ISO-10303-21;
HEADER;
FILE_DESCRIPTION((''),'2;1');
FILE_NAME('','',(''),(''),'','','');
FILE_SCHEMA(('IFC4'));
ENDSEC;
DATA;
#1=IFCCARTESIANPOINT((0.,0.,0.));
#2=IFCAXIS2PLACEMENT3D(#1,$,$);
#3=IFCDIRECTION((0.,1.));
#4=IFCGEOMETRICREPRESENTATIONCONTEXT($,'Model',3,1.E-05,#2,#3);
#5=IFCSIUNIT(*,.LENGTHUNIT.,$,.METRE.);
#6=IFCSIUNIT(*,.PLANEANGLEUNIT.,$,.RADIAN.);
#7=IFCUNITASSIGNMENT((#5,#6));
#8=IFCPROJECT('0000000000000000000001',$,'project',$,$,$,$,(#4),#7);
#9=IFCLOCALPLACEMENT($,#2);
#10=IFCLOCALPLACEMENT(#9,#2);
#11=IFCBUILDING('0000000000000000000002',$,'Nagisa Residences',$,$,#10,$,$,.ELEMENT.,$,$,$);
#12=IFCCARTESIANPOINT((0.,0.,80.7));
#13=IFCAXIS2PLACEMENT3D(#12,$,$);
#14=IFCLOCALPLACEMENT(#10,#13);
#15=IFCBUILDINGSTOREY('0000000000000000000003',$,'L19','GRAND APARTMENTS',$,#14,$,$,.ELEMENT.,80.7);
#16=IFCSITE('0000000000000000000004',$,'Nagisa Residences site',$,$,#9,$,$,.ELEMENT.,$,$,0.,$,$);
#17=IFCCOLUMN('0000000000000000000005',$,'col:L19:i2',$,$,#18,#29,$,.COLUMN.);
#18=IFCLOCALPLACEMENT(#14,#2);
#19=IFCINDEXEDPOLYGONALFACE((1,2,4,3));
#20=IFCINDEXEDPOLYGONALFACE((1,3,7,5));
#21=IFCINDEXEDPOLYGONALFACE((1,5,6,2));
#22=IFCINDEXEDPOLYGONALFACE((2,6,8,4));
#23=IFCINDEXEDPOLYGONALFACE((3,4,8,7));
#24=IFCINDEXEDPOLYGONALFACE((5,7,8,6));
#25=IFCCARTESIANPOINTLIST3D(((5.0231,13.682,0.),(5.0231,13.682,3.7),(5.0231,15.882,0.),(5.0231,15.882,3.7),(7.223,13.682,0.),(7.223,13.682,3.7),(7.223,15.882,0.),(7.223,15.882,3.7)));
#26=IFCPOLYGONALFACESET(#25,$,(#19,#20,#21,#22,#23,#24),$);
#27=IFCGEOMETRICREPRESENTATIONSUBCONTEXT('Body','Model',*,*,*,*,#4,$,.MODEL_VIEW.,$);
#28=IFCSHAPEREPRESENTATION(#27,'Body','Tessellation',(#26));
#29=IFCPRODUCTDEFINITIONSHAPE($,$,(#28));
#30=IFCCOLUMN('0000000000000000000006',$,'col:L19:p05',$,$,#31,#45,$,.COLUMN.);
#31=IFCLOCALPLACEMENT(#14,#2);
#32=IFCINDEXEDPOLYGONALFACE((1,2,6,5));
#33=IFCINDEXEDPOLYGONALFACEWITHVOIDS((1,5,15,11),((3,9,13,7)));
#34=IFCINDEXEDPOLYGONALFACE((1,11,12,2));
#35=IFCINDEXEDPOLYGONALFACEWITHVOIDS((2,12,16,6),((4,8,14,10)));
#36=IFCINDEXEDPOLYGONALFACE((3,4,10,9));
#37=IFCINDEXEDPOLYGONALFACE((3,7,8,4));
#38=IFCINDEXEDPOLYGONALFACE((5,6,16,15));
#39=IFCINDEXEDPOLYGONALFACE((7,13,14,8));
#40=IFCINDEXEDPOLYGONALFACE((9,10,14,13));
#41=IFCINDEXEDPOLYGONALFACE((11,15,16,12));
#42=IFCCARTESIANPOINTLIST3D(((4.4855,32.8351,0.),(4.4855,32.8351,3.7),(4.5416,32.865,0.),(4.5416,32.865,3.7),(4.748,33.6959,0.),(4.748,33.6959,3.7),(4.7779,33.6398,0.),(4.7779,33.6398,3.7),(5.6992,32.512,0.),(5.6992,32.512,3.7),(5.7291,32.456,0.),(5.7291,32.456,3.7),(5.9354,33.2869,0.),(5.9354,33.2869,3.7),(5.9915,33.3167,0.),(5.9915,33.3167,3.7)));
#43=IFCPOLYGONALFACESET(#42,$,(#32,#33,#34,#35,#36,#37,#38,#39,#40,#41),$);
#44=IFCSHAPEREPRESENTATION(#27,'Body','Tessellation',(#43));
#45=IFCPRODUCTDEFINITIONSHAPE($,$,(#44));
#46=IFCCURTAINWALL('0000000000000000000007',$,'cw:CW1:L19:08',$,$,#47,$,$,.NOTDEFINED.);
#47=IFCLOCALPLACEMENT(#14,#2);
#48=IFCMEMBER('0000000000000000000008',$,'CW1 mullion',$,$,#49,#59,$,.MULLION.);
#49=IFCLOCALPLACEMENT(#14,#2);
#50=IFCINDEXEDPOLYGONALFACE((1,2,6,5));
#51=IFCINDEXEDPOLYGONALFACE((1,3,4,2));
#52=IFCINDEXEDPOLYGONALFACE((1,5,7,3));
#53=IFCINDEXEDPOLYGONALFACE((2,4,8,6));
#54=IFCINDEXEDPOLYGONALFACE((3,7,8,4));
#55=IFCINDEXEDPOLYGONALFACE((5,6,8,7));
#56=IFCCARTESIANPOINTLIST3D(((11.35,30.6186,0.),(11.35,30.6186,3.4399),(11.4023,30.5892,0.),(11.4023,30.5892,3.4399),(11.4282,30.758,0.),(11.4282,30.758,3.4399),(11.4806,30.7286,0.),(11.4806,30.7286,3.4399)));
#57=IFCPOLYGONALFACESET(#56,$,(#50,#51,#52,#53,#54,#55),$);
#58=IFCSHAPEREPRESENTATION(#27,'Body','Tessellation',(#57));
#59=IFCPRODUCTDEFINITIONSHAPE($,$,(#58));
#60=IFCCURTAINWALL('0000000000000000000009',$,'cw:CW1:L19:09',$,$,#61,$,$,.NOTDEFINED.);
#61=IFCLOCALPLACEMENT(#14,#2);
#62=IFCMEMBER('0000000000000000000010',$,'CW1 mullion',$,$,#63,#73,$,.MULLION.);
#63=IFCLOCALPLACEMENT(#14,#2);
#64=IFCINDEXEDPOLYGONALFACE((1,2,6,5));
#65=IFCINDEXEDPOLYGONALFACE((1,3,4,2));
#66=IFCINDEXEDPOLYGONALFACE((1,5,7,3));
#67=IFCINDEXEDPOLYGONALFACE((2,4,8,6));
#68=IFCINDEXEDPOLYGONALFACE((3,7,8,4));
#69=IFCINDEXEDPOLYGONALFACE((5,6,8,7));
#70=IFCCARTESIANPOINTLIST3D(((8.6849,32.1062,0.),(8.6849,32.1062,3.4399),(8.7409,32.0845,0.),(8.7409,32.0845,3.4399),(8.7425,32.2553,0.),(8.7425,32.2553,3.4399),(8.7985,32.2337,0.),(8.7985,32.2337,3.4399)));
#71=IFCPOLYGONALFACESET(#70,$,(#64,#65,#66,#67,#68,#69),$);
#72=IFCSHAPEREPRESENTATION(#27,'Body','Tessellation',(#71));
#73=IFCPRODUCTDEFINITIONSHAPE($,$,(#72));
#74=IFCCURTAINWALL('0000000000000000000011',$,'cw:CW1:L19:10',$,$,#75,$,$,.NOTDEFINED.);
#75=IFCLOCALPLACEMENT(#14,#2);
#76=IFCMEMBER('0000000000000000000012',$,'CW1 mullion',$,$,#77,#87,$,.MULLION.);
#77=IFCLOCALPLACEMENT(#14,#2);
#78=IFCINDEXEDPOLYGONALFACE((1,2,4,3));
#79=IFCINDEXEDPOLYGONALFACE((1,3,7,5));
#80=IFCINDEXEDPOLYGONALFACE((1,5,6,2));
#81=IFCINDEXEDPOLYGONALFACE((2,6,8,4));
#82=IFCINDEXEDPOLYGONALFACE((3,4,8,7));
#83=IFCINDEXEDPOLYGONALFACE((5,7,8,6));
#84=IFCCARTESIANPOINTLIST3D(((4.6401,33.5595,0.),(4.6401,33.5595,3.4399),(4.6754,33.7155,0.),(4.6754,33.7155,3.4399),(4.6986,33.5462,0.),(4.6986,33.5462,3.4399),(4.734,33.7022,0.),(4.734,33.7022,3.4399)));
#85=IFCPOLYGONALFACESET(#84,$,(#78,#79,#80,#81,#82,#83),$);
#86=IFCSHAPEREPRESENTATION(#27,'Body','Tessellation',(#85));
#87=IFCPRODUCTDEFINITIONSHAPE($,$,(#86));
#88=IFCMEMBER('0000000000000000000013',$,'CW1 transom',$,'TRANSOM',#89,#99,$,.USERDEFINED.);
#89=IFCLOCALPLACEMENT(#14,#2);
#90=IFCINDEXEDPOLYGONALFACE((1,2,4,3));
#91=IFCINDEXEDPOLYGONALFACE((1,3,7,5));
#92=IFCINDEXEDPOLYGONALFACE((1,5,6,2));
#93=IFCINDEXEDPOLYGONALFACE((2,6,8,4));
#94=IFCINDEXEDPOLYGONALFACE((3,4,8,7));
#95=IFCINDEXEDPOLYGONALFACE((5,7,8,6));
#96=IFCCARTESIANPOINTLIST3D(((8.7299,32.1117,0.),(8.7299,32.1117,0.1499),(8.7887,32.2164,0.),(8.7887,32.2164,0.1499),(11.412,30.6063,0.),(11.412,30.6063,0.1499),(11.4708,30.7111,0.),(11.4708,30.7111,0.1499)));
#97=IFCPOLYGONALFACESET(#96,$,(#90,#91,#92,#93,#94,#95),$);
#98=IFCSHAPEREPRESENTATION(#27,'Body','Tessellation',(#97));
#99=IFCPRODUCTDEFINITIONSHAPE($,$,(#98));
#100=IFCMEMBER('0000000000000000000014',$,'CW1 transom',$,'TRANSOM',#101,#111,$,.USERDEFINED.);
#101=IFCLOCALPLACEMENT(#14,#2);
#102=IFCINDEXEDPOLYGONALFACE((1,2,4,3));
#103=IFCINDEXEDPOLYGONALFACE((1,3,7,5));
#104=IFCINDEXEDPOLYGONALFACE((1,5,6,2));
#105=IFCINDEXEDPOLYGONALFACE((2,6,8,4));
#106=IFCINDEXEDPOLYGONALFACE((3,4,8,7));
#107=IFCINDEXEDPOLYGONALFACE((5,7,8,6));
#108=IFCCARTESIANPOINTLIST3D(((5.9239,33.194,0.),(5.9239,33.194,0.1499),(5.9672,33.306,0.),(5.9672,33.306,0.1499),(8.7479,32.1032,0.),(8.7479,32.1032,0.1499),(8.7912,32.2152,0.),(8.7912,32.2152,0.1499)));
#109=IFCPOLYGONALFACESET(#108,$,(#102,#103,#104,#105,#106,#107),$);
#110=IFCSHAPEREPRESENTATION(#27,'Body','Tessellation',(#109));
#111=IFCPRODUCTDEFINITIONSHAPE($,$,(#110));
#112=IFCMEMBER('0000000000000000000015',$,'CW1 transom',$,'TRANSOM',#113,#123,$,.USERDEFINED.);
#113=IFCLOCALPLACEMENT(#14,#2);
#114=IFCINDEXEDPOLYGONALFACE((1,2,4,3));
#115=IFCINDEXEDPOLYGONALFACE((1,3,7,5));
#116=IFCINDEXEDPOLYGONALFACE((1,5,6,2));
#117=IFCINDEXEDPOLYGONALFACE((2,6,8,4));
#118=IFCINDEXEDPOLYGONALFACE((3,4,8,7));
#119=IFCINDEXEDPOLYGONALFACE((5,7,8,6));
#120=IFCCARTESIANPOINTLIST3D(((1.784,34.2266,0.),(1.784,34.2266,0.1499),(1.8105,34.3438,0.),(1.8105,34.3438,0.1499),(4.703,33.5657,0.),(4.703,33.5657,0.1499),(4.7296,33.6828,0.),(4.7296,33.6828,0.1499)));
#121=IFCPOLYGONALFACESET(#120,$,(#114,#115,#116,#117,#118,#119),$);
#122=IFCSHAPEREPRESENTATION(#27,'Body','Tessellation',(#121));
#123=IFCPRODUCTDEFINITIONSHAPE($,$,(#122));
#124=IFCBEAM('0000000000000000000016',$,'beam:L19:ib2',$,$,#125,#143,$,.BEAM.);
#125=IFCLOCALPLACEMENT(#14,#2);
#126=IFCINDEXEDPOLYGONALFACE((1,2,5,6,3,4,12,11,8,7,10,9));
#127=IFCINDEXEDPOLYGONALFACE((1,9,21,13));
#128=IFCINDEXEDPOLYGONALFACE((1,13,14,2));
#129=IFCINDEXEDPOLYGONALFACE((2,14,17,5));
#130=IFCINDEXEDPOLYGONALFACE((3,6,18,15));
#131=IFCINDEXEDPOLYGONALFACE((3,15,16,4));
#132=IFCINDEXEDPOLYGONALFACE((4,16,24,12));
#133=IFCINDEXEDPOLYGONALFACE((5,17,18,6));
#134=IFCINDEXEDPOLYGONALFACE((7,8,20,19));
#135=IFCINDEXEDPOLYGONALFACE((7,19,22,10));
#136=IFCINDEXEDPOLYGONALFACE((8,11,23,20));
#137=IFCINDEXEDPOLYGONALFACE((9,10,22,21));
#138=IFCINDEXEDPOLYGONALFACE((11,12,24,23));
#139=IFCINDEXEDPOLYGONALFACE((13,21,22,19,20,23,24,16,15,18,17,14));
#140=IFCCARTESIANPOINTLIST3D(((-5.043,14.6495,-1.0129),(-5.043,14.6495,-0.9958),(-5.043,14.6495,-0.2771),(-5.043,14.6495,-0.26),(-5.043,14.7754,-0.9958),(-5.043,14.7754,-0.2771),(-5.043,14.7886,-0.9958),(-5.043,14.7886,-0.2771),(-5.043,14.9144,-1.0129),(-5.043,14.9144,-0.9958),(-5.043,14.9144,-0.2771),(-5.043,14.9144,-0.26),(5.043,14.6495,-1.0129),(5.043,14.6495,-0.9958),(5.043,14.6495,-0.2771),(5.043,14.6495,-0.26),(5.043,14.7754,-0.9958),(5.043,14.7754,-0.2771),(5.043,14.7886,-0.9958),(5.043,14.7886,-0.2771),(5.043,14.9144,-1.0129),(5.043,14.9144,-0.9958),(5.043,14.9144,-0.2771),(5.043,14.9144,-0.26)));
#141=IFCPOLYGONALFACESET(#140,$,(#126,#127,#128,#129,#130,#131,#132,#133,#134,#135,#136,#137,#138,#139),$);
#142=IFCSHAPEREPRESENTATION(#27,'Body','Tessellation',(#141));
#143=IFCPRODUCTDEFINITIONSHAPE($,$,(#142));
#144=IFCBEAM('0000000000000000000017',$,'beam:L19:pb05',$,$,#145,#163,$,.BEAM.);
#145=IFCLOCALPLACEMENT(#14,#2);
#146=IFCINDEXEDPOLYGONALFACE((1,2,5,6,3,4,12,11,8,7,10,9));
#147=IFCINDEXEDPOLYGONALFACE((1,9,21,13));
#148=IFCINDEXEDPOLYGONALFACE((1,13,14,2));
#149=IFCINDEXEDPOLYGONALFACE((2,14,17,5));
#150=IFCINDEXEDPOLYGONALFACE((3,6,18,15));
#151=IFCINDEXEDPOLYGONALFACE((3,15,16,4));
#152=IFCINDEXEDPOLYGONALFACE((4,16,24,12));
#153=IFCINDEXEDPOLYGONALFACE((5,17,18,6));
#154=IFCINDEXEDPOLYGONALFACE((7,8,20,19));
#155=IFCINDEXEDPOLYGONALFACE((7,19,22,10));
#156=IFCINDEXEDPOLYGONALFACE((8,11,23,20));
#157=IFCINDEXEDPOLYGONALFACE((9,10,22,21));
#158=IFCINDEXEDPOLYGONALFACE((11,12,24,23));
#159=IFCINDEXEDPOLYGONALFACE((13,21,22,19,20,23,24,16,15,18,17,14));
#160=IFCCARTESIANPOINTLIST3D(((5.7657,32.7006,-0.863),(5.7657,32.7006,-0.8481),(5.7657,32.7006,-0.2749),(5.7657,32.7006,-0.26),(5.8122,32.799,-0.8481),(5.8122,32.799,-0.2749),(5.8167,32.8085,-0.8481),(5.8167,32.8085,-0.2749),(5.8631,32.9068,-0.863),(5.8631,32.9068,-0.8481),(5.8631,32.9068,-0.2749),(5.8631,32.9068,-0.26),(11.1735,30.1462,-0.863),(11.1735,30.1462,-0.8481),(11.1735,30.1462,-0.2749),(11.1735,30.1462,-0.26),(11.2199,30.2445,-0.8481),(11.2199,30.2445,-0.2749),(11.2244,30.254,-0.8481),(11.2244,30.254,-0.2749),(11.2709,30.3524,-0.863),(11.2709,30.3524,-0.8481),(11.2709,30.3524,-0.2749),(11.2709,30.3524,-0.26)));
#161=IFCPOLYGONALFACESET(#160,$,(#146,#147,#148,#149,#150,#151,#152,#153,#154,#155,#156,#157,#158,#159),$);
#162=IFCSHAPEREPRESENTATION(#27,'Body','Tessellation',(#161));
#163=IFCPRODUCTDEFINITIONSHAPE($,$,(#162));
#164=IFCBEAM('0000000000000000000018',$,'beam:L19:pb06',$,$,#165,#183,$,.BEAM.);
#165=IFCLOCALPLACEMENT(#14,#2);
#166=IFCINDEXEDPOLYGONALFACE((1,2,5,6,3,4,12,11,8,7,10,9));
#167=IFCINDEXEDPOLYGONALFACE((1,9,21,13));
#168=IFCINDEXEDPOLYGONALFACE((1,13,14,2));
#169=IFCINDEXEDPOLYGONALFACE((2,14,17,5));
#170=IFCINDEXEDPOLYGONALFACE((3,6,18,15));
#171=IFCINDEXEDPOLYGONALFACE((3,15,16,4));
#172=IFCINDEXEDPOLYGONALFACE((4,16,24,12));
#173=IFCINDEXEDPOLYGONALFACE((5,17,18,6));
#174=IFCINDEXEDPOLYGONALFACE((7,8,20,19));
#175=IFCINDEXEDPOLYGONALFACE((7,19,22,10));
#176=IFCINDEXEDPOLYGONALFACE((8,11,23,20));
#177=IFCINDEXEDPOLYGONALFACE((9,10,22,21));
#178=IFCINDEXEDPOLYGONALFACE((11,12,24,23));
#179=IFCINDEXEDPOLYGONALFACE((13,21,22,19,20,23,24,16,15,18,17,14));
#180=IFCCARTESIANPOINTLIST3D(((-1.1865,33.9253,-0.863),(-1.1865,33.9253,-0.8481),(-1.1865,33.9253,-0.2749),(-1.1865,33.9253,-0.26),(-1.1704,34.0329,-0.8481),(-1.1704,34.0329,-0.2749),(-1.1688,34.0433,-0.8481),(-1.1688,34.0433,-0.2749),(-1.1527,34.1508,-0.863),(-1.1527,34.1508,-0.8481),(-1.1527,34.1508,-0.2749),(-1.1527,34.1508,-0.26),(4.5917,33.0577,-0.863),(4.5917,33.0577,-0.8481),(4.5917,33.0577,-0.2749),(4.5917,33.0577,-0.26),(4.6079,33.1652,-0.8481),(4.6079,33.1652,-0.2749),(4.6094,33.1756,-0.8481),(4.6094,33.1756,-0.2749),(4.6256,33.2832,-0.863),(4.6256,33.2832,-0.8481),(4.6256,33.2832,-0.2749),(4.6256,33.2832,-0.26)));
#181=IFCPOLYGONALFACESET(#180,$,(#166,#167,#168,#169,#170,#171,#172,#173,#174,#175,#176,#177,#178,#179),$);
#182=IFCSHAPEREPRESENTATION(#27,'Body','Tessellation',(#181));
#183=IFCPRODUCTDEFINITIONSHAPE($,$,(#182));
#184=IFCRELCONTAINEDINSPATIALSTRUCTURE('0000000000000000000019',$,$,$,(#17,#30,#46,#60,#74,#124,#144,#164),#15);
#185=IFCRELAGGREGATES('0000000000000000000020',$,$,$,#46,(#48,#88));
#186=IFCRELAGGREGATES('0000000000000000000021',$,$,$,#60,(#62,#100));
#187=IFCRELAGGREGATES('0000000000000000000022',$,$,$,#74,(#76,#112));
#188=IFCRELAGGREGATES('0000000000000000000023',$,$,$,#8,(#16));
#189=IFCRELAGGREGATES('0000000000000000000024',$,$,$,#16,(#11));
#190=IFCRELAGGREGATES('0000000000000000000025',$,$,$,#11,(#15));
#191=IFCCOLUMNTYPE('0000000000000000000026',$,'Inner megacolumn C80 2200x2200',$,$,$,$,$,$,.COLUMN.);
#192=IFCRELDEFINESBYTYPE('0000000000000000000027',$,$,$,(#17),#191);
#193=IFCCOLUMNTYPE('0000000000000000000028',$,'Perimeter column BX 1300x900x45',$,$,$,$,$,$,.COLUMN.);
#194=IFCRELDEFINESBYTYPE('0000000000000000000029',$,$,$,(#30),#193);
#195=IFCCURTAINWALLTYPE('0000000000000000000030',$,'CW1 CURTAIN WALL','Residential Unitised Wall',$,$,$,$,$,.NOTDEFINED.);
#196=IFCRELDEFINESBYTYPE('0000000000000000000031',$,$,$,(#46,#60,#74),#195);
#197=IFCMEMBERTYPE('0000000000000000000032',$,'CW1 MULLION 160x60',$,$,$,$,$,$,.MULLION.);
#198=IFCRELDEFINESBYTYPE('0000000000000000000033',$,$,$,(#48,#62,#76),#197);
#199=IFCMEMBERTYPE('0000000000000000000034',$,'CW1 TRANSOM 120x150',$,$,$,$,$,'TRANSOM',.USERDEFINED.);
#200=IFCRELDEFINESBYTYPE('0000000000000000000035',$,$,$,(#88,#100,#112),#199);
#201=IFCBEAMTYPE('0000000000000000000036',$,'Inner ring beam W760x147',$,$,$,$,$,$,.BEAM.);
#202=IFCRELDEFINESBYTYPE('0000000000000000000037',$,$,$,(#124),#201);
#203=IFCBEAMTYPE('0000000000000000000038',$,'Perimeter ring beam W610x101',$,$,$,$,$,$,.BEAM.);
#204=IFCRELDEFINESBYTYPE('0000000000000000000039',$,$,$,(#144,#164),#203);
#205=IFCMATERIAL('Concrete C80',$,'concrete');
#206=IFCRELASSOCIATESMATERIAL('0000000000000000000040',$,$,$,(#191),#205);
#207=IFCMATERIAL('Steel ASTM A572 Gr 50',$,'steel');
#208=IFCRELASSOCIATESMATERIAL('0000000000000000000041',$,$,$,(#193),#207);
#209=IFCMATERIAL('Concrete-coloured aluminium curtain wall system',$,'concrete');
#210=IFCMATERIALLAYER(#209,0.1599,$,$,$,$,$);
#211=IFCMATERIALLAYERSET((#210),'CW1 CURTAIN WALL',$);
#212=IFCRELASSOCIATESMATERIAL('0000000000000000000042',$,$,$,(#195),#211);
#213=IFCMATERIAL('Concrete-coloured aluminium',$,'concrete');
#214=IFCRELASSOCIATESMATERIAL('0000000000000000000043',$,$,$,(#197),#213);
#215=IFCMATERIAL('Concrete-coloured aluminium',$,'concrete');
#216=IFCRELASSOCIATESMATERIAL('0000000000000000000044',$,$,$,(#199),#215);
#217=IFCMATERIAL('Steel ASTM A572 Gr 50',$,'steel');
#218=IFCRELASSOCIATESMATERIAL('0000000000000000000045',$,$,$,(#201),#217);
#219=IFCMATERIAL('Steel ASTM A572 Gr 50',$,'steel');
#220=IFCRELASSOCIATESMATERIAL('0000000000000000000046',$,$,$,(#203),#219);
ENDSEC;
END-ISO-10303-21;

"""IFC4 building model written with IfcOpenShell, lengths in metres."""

from ifc_helpers import new_model, si_unit, direction, frame, origin, origin_2d, place, context, subcontext, project, spatial, rectangle, hollow_rectangle, i_section, extrude, material, layer, layer_set, material_profile, profile_set, type_object, element, aggregate, save


model = new_model("IFC4")

# Units and contexts
model_context = context("Model", 3, precision=1e-05, world=origin(), true_north=direction((0.0, 1.0)))
body_context = subcontext(model_context, "Body", "Model", "MODEL_VIEW")
ifc_project = project(units=[si_unit("LENGTHUNIT", "METRE"), si_unit("PLANEANGLEUNIT", "RADIAN")], contexts=[model_context])

# Site, building, storey
site_placement = place(None, origin())
site = spatial("IfcSite", under=ifc_project, at=site_placement, Name="Nagisa Residences site", CompositionType="ELEMENT", RefElevation=0.0)
building_placement = place(site_placement, origin())
building = spatial("IfcBuilding", under=site, at=building_placement, Name="Nagisa Residences", CompositionType="ELEMENT")
storey_placement = place(building_placement, frame((0.0, 0.0, 80.7)))
storey = spatial("IfcBuildingStorey", under=building, at=storey_placement, Name="L19", Description="GRAND APARTMENTS", CompositionType="ELEMENT", Elevation=80.7)

# Columns
ifc_material_1 = material(Name="Concrete C80", Category="concrete")
ifc_material_profile_1 = material_profile(ifc_material_1, rectangle(XDim=2.2, YDim=2.2, at=origin_2d()), Name="C80 2200x2200")
ifc_profile_set_1 = profile_set([ifc_material_profile_1], Name="Concrete C80")
column_type_1 = type_object("IfcColumnType", Name="Inner megacolumn C80 2200x2200", PredefinedType="COLUMN", material=ifc_profile_set_1)
column_1_placement = place(storey_placement, frame((6.123, 14.782, 0.0), z_axis=(0.0, 0.0, 1.0), x_axis=(1.0, 0.0, 0.0)))
element("IfcColumn", 1, at=column_1_placement, inside=storey, type_object=column_type_1, Name="col:L19:i2", PredefinedType="COLUMN", context=body_context, shape_type="SweptSolid", body=[
    extrude(rectangle(XDim=2.2, YDim=2.2, at=origin_2d()), origin(), (0.0, 0.0, 1.0), 3.7),
])
ifc_material_2 = material(Name="Steel ASTM A572 Gr 50", Category="steel")
ifc_material_profile_2 = material_profile(ifc_material_2, hollow_rectangle(XDim=1.3, YDim=0.8999, WallThickness=0.0449, at=origin_2d()), Name="BX 1300x900x45")
ifc_profile_set_2 = profile_set([ifc_material_profile_2], Name="Steel ASTM A572 Gr 50")
column_type_2 = type_object("IfcColumnType", Name="Perimeter column BX 1300x900x45", PredefinedType="COLUMN", material=ifc_profile_set_2)
column_2_placement = place(storey_placement, frame((5.2385, 33.0759, 0.0), z_axis=(0.0, 0.0, 1.0), x_axis=(-0.956525, 0.291652, 0.0)))
element("IfcColumn", 2, at=column_2_placement, inside=storey, type_object=column_type_2, Name="col:L19:p05", PredefinedType="COLUMN", context=body_context, shape_type="SweptSolid", body=[
    extrude(hollow_rectangle(XDim=1.3, YDim=0.8999, WallThickness=0.0449, at=origin_2d()), origin(), (0.0, 0.0, 1.0), 3.7),
])

# Curtain walls, members
ifc_material_3 = material(Name="Concrete-coloured aluminium curtain wall system", Category="concrete")
ifc_layer_1 = layer(ifc_material_3, 0.1599)
ifc_layer_set_1 = layer_set([ifc_layer_1], Name="CW1 CURTAIN WALL")
curtain_wall_type = type_object("IfcCurtainWallType", Name="CW1 CURTAIN WALL", Description="Residential Unitised Wall", PredefinedType="NOTDEFINED", material=ifc_layer_set_1)
curtain_wall_1_placement = place(storey_placement, origin())
curtain_wall_1 = element("IfcCurtainWall", 3, at=curtain_wall_1_placement, inside=storey, type_object=curtain_wall_type, Name="cw:CW1:L19:08", PredefinedType="NOTDEFINED")
ifc_material_4 = material(Name="Concrete-coloured aluminium", Category="concrete")
ifc_material_profile_3 = material_profile(ifc_material_4, rectangle(XDim=0.1599, YDim=0.0601, at=origin_2d()), Name="CW1 MULLION 160x60")
ifc_profile_set_3 = profile_set([ifc_material_profile_3], Name="Concrete-coloured aluminium")
member_type_1 = type_object("IfcMemberType", Name="CW1 MULLION 160x60", PredefinedType="MULLION", material=ifc_profile_set_3)
member_1_placement = place(storey_placement, frame((11.4153, 30.6736, 0.0), z_axis=(0.0, 0.0, 1.0), x_axis=(-0.489377, -0.872072, 0.0)))
member_1 = element("IfcMember", 4, at=member_1_placement, type_object=member_type_1, Name="CW1 mullion", PredefinedType="MULLION", context=body_context, shape_type="SweptSolid", body=[
    extrude(rectangle(XDim=0.1599, YDim=0.0601, at=origin_2d()), origin(), (0.0, 0.0, 1.0), 3.4399),
])
curtain_wall_2_placement = place(storey_placement, origin())
curtain_wall_2 = element("IfcCurtainWall", 5, at=curtain_wall_2_placement, inside=storey, type_object=curtain_wall_type, Name="cw:CW1:L19:09", PredefinedType="NOTDEFINED")
member_2_placement = place(storey_placement, frame((8.7417, 32.1699, 0.0), z_axis=(0.0, 0.0, 1.0), x_axis=(-0.360328, -0.932826, 0.0)))
member_2 = element("IfcMember", 6, at=member_2_placement, type_object=member_type_1, Name="CW1 mullion", PredefinedType="MULLION", context=body_context, shape_type="SweptSolid", body=[
    extrude(rectangle(XDim=0.1599, YDim=0.0601, at=origin_2d()), origin(), (0.0, 0.0, 1.0), 3.4399),
])
curtain_wall_3_placement = place(storey_placement, origin())
curtain_wall_3 = element("IfcCurtainWall", 7, at=curtain_wall_3_placement, inside=storey, type_object=curtain_wall_type, Name="cw:CW1:L19:10", PredefinedType="NOTDEFINED")
member_3_placement = place(storey_placement, frame((4.687, 33.6309, 0.0), z_axis=(0.0, 0.0, 1.0), x_axis=(-0.220764, -0.975327, 0.0)))
member_3 = element("IfcMember", 8, at=member_3_placement, type_object=member_type_1, Name="CW1 mullion", PredefinedType="MULLION", context=body_context, shape_type="SweptSolid", body=[
    extrude(rectangle(XDim=0.1599, YDim=0.0601, at=origin_2d()), origin(), (0.0, 0.0, 1.0), 3.4399),
])

# Members
ifc_material_5 = material(Name="Concrete-coloured aluminium", Category="concrete")
ifc_material_profile_4 = material_profile(ifc_material_5, rectangle(XDim=0.1201, YDim=0.1499, at=origin_2d()), Name="CW1 TRANSOM 120x150")
ifc_profile_set_4 = profile_set([ifc_material_profile_4], Name="Concrete-coloured aluminium")
member_type_2 = type_object("IfcMemberType", Name="CW1 TRANSOM 120x150", ElementType="TRANSOM", PredefinedType="USERDEFINED", material=ifc_profile_set_4)
member_4_placement = place(storey_placement, frame((11.4414, 30.6587, 0.075), z_axis=(-0.872037, 0.489439, 0.0), x_axis=(-0.489439, -0.872037, 0.0)))
member_4 = element("IfcMember", 9, at=member_4_placement, type_object=member_type_2, Name="CW1 transom", ObjectType="TRANSOM", PredefinedType="USERDEFINED", context=body_context, shape_type="SweptSolid", body=[
    extrude(rectangle(XDim=0.1201, YDim=0.1499, at=origin_2d()), origin(), (0.0, 0.0, 1.0), 3.0757),
])
member_5_placement = place(storey_placement, frame((8.7695, 32.1592, 0.075), z_axis=(-0.932827, 0.360324, 0.0), x_axis=(-0.360324, -0.932827, 0.0)))
member_5 = element("IfcMember", 10, at=member_5_placement, type_object=member_type_2, Name="CW1 transom", ObjectType="TRANSOM", PredefinedType="USERDEFINED", context=body_context, shape_type="SweptSolid", body=[
    extrude(rectangle(XDim=0.1201, YDim=0.1499, at=origin_2d()), origin(), (0.0, 0.0, 1.0), 3.0273),
])
member_6_placement = place(storey_placement, frame((4.7163, 33.6243, 0.075), z_axis=(-0.975314, 0.220824, 0.0), x_axis=(-0.220824, -0.975314, 0.0)))
member_6 = element("IfcMember", 11, at=member_6_placement, type_object=member_type_2, Name="CW1 transom", ObjectType="TRANSOM", PredefinedType="USERDEFINED", context=body_context, shape_type="SweptSolid", body=[
    extrude(rectangle(XDim=0.1201, YDim=0.1499, at=origin_2d()), origin(), (0.0, 0.0, 1.0), 2.9929),
])

# Beams
ifc_material_6 = material(Name="Steel ASTM A572 Gr 50", Category="steel")
ifc_material_profile_5 = material_profile(ifc_material_6, i_section(OverallWidth=0.2649, OverallDepth=0.7529, WebThickness=0.0132, FlangeThickness=0.0171, at=origin_2d()), Name="W760x147")
ifc_profile_set_5 = profile_set([ifc_material_profile_5], Name="Steel ASTM A572 Gr 50")
beam_type_1 = type_object("IfcBeamType", Name="Inner ring beam W760x147", PredefinedType="BEAM", material=ifc_profile_set_5)
beam_1_placement = place(storey_placement, frame((5.043, 14.782, -0.6365), z_axis=(-1.0, 0.0, 0.0), x_axis=(0.0, -1.0, 0.0)))
element("IfcBeam", 12, at=beam_1_placement, inside=storey, type_object=beam_type_1, Name="beam:L19:ib2", PredefinedType="BEAM", context=body_context, shape_type="SweptSolid", body=[
    extrude(i_section(OverallWidth=0.2649, OverallDepth=0.7529, WebThickness=0.0132, FlangeThickness=0.0171, at=origin_2d()), origin(), (0.0, 0.0, 1.0), 10.0859),
])
ifc_material_7 = material(Name="Steel ASTM A572 Gr 50", Category="steel")
ifc_material_profile_6 = material_profile(ifc_material_7, i_section(OverallWidth=0.228, OverallDepth=0.603, WebThickness=0.0105, FlangeThickness=0.0149, at=origin_2d()), Name="W610x101")
ifc_profile_set_6 = profile_set([ifc_material_profile_6], Name="Steel ASTM A572 Gr 50")
beam_type_2 = type_object("IfcBeamType", Name="Perimeter ring beam W610x101", PredefinedType="BEAM", material=ifc_profile_set_6)
beam_2_placement = place(storey_placement, frame((11.2222, 30.2493, -0.5615), z_axis=(-0.904197, 0.427116, 0.0), x_axis=(-0.427116, -0.904197, 0.0)))
element("IfcBeam", 13, at=beam_2_placement, inside=storey, type_object=beam_type_2, Name="beam:L19:pb05", PredefinedType="BEAM", context=body_context, shape_type="SweptSolid", body=[
    extrude(i_section(OverallWidth=0.228, OverallDepth=0.603, WebThickness=0.0105, FlangeThickness=0.0149, at=origin_2d()), origin(), (0.0, 0.0, 1.0), 5.9807),
])
beam_3_placement = place(storey_placement, frame((4.6086, 33.1704, -0.5615), z_axis=(-0.988913, 0.148496, 0.0), x_axis=(-0.148496, -0.988913, 0.0)))
element("IfcBeam", 14, at=beam_3_placement, inside=storey, type_object=beam_type_2, Name="beam:L19:pb06", PredefinedType="BEAM", context=body_context, shape_type="SweptSolid", body=[
    extrude(i_section(OverallWidth=0.228, OverallDepth=0.603, WebThickness=0.0105, FlangeThickness=0.0149, at=origin_2d()), origin(), (0.0, 0.0, 1.0), 5.843),
])

aggregate(curtain_wall_1, [member_1, member_4])
aggregate(curtain_wall_2, [member_2, member_5])
aggregate(curtain_wall_3, [member_3, member_6])

save(model, "model.ifc")
